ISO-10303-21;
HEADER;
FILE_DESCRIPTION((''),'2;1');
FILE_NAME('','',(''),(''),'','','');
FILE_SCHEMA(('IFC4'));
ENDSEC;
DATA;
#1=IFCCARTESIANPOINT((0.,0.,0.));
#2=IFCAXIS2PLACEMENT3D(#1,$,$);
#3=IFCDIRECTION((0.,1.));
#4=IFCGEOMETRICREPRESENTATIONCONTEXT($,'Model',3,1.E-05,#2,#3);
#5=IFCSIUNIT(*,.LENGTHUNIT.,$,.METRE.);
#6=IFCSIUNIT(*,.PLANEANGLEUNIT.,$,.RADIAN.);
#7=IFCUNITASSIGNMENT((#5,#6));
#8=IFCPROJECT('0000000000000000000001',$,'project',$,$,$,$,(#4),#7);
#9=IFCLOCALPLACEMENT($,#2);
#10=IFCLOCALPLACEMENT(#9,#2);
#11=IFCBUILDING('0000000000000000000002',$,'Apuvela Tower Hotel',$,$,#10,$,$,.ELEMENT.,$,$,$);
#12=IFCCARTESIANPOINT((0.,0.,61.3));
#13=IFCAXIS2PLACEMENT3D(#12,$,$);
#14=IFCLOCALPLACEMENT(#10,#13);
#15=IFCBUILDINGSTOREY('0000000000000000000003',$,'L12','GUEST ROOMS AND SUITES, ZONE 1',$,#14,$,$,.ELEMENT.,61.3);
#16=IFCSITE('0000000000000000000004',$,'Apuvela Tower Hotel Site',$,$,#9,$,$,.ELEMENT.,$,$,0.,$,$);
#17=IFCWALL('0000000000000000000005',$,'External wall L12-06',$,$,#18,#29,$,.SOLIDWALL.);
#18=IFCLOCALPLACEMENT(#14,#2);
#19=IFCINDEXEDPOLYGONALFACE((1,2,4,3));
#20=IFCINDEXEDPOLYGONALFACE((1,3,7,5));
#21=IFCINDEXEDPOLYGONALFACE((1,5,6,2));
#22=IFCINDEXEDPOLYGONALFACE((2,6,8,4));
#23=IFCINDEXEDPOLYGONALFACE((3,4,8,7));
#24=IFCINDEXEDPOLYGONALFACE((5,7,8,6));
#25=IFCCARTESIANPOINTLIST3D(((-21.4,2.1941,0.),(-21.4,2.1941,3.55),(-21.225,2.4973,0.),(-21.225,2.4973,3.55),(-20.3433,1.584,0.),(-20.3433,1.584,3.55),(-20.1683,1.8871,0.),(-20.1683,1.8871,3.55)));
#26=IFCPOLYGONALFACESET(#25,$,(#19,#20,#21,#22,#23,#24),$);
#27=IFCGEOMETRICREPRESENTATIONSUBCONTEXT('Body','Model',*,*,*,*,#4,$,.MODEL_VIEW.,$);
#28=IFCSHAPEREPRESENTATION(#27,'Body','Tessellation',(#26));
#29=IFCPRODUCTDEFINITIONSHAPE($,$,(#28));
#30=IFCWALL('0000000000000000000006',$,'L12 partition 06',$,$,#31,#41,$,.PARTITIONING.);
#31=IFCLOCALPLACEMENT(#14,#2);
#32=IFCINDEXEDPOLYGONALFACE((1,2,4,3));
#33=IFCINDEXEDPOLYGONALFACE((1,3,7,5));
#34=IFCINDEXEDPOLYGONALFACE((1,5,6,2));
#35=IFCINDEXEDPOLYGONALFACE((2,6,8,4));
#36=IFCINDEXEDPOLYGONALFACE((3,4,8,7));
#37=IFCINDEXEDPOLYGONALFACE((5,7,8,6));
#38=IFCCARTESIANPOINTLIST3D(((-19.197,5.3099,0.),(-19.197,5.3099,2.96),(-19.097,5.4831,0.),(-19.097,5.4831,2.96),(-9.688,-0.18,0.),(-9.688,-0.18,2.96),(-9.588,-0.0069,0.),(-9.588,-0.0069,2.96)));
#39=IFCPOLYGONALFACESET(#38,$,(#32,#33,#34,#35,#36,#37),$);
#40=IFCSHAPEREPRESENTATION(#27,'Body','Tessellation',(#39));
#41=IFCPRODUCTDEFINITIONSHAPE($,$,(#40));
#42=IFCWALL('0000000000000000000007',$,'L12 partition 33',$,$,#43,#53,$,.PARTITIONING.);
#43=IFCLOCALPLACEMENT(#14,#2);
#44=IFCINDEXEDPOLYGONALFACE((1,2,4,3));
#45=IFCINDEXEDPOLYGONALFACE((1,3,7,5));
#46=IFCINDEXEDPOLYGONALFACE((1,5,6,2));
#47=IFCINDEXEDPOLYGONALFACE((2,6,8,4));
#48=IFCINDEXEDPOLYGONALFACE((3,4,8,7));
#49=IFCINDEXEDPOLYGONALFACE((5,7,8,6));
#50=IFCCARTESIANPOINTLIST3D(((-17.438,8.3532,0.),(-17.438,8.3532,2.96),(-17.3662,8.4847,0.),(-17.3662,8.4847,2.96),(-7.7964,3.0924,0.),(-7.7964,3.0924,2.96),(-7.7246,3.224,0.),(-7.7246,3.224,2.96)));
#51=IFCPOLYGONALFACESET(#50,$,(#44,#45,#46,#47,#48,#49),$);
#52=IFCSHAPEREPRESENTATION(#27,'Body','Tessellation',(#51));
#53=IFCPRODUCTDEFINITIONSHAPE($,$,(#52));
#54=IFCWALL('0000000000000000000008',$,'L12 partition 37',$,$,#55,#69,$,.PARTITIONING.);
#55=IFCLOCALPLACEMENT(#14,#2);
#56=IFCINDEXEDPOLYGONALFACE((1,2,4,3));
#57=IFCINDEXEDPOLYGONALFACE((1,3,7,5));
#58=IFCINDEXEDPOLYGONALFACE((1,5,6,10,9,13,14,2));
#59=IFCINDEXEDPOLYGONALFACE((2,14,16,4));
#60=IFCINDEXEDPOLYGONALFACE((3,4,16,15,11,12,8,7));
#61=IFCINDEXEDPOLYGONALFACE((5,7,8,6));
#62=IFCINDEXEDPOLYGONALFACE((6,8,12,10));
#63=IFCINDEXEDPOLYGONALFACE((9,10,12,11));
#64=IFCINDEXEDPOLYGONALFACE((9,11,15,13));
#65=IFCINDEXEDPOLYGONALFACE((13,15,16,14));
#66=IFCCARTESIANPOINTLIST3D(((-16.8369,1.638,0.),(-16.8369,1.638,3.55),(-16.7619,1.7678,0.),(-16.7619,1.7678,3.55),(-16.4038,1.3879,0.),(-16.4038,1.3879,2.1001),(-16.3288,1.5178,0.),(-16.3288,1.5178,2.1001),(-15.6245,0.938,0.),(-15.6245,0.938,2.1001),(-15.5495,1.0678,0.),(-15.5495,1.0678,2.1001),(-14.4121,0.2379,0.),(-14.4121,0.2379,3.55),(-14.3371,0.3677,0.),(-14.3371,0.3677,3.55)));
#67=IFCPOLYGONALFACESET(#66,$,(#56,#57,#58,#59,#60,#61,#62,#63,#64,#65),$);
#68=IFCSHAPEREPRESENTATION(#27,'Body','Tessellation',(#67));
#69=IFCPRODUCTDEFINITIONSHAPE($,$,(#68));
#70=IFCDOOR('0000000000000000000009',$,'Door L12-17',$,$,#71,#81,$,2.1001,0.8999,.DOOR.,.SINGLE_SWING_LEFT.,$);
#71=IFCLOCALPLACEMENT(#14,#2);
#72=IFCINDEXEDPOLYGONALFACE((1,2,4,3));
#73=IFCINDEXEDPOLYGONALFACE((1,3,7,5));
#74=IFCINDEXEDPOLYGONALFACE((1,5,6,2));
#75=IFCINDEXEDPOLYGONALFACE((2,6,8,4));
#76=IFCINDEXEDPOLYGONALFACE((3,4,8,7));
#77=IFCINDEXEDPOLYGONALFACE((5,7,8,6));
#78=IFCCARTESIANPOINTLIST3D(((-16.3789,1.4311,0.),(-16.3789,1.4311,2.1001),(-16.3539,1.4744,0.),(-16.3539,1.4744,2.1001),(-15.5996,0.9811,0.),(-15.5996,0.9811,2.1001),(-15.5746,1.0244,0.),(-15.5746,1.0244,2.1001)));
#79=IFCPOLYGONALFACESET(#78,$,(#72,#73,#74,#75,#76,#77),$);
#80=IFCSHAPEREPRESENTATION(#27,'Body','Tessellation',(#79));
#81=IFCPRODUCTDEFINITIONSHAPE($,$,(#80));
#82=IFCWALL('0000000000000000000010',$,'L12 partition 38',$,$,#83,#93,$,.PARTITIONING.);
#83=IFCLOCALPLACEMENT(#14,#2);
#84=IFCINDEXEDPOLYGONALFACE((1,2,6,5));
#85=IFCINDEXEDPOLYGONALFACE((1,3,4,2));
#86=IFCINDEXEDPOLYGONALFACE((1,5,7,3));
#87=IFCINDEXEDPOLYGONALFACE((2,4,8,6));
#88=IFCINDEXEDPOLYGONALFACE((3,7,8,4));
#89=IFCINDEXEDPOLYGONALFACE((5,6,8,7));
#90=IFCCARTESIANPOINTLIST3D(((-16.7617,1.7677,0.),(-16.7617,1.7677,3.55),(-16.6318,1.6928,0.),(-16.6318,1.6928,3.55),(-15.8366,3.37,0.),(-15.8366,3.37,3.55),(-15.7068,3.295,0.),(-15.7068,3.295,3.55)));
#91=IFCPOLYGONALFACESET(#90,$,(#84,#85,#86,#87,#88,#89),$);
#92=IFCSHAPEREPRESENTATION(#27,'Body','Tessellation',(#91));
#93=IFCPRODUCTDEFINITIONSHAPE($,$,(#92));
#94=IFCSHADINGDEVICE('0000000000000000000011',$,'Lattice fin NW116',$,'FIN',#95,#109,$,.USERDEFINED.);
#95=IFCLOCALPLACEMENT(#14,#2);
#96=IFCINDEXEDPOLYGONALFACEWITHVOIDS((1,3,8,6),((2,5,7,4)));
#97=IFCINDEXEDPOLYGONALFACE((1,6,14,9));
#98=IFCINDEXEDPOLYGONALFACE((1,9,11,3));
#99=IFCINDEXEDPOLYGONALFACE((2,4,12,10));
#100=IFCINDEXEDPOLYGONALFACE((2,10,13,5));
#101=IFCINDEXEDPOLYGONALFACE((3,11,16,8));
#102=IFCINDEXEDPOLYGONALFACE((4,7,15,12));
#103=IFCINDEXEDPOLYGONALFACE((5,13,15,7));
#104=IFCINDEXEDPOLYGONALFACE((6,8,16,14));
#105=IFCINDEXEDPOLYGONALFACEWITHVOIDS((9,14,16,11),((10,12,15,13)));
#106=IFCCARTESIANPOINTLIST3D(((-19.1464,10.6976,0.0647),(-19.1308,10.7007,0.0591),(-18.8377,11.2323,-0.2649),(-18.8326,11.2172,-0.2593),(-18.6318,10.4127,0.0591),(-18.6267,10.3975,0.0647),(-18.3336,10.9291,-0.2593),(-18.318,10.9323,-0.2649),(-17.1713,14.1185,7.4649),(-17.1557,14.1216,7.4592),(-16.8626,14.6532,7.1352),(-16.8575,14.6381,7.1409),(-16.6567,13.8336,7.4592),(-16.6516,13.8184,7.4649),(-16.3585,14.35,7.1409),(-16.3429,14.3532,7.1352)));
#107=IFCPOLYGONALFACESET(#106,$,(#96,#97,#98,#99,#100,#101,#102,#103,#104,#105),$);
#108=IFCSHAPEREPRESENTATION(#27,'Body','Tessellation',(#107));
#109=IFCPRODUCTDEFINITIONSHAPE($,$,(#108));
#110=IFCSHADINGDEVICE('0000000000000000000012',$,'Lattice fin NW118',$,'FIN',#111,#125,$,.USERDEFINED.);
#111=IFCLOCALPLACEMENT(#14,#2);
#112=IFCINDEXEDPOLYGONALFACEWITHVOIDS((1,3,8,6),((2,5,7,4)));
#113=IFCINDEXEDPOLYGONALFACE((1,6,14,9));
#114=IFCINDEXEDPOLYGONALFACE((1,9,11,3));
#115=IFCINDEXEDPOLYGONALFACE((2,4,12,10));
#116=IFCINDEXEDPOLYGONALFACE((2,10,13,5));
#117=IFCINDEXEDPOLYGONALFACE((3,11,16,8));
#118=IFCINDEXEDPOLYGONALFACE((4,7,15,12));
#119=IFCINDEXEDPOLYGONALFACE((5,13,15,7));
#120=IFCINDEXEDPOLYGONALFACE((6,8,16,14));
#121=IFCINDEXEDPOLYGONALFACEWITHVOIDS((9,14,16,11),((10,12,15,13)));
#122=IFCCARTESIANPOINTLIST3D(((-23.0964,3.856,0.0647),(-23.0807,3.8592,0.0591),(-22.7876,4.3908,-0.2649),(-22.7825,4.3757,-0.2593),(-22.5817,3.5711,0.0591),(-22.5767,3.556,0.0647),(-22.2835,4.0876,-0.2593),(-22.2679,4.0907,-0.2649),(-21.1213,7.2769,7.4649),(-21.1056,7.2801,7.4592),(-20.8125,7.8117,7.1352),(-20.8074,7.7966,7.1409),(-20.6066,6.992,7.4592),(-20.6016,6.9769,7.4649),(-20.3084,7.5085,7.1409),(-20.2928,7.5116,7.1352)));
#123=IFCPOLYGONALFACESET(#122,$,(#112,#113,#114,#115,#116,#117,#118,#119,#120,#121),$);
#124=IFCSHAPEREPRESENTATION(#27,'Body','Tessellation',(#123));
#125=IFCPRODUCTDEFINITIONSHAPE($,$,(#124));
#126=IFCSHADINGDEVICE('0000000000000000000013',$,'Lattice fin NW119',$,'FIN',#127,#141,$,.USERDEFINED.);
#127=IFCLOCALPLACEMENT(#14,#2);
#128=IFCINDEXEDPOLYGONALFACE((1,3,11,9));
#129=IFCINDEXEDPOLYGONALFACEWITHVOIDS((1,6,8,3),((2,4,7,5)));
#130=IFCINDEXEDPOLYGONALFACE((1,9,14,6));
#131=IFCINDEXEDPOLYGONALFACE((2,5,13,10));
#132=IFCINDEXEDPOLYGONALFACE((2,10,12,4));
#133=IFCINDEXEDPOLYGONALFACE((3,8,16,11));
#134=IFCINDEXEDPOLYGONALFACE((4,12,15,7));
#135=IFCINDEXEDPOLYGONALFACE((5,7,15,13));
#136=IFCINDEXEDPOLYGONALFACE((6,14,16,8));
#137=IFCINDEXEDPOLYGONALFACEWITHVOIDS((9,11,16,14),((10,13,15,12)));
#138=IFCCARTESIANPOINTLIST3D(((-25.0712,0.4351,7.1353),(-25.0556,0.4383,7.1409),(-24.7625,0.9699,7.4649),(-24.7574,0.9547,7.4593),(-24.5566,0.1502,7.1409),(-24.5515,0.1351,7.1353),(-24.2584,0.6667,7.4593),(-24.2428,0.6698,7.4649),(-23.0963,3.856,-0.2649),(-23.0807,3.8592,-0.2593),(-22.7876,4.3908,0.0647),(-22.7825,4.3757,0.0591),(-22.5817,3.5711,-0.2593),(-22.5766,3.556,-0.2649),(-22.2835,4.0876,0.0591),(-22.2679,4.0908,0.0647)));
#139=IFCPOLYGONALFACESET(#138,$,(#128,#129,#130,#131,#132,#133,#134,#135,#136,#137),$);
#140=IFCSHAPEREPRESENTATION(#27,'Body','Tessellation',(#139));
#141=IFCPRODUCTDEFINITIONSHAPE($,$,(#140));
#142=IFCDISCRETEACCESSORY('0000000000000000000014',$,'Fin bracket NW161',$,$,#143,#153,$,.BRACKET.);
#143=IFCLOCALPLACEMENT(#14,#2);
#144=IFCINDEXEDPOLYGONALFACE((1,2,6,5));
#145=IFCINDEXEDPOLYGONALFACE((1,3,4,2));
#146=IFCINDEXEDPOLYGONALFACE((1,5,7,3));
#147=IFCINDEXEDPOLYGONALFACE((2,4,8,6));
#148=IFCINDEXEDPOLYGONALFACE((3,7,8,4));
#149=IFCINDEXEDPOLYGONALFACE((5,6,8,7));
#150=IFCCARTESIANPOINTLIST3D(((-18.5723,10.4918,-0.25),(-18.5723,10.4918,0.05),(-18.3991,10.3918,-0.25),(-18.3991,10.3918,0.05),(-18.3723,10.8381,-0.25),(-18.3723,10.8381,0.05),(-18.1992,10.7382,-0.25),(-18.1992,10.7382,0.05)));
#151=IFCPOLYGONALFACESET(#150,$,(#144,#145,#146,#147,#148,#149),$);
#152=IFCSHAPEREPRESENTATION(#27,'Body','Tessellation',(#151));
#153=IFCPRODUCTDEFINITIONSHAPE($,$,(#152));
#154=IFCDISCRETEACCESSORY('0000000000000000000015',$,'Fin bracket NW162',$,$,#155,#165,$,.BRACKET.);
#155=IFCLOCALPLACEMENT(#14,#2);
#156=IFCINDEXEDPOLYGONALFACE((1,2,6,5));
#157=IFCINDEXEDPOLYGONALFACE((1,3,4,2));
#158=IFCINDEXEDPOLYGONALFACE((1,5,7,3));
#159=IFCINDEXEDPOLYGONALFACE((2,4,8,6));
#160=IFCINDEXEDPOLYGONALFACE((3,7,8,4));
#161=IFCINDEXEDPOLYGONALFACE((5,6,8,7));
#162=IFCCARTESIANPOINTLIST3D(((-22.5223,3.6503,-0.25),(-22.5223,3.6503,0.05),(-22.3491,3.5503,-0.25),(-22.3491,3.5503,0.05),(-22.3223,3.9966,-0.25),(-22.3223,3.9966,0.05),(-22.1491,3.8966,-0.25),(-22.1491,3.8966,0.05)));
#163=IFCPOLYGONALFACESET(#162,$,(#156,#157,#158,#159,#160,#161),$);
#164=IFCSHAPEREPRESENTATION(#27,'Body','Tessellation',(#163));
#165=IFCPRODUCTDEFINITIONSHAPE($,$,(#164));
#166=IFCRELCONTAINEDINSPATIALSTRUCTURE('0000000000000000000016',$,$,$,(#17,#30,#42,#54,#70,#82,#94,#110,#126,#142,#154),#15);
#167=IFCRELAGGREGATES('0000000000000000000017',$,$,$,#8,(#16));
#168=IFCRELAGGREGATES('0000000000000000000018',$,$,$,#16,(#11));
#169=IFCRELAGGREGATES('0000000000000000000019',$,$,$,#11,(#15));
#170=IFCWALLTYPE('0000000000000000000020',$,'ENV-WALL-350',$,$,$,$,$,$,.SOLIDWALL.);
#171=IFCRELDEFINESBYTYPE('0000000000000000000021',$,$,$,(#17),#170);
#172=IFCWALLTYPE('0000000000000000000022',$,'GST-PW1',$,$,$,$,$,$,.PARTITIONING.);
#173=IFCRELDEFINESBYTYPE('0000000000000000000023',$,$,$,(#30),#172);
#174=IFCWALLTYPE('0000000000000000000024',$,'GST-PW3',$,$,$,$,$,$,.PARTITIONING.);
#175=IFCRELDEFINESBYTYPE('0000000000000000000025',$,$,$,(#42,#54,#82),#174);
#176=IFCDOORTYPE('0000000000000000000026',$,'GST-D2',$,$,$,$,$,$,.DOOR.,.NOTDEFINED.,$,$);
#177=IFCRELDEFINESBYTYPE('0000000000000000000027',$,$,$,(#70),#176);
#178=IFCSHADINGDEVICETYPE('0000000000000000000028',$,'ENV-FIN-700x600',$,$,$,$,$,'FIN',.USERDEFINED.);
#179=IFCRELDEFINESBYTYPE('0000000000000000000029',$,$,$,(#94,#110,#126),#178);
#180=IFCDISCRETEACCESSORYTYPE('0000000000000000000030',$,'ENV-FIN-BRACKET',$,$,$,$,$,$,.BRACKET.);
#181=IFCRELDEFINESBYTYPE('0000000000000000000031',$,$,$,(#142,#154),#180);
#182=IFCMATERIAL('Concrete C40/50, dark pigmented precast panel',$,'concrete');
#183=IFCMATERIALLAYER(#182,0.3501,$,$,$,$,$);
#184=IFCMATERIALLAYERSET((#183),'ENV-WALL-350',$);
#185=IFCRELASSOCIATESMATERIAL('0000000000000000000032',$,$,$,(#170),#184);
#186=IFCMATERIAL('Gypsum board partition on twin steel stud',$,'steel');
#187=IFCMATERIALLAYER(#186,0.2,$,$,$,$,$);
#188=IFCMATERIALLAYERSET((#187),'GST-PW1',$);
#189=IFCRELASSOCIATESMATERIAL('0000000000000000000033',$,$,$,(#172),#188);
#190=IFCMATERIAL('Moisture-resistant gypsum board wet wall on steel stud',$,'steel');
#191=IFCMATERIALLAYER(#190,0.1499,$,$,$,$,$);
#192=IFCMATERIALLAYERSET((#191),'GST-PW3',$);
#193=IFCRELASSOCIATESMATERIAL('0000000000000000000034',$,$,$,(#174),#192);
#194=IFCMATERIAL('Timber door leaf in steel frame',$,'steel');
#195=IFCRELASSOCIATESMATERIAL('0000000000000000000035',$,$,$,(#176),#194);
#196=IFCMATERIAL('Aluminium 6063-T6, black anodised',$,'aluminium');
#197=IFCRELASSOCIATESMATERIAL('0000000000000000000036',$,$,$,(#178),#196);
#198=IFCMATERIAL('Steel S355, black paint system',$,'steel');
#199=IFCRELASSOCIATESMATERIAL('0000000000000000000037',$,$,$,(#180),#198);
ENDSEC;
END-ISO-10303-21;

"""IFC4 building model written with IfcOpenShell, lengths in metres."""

from ifc_helpers import new_model, si_unit, direction, frame, frame_2d, origin, origin_2d, place, context, subcontext, project, spatial, rectangle, hollow_rectangle, extrude, material, layer, layer_set, material_profile, profile_set, type_object, element, fill, save


model = new_model("IFC4")

# Units and contexts
model_context = context("Model", 3, precision=1e-05, world=origin(), true_north=direction((0.0, 1.0)))
body_context = subcontext(model_context, "Body", "Model", "MODEL_VIEW")
ifc_project = project(units=[si_unit("LENGTHUNIT", "METRE"), si_unit("PLANEANGLEUNIT", "RADIAN")], contexts=[model_context])

# Site, building, storey
site_placement = place(None, origin())
site = spatial("IfcSite", under=ifc_project, at=site_placement, Name="Apuvela Tower Hotel Site", CompositionType="ELEMENT", RefElevation=0.0)
building_placement = place(site_placement, origin())
building = spatial("IfcBuilding", under=site, at=building_placement, Name="Apuvela Tower Hotel", CompositionType="ELEMENT")
storey_placement = place(building_placement, frame((0.0, 0.0, 61.3)))
storey = spatial("IfcBuildingStorey", under=building, at=storey_placement, Name="L12", Description="GUEST ROOMS AND SUITES, ZONE 1", CompositionType="ELEMENT", Elevation=61.3)

# Shared definitions
ifc_material_1 = material(Name="Concrete C40/50, dark pigmented precast panel", Category="concrete")
ifc_layer_1 = layer(ifc_material_1, 0.3501)
ifc_layer_set_1 = layer_set([ifc_layer_1], Name="ENV-WALL-350")
wall_type_1 = type_object("IfcWallType", Name="ENV-WALL-350", PredefinedType="SOLIDWALL", material=ifc_layer_set_1)

# Wall
wall_1_placement = place(storey_placement, frame((-21.3125, 2.3457, 0.0), z_axis=(0.0, 0.0, 1.0), x_axis=(0.866006, -0.500034, 0.0)))
element("IfcWall", 1, at=wall_1_placement, inside=storey, type_object=wall_type_1, Name="External wall L12-06", PredefinedType="SOLIDWALL", context=body_context, shape_type="SweptSolid", body=[
    extrude(rectangle(XDim=1.2202, YDim=0.3501, at=frame_2d((0.6101, 0.0))), origin(), (0.0, 0.0, 1.0), 3.55),
])

# Walls
ifc_material_2 = material(Name="Gypsum board partition on twin steel stud", Category="steel")
ifc_layer_2 = layer(ifc_material_2, 0.2)
ifc_layer_set_2 = layer_set([ifc_layer_2], Name="GST-PW1")
wall_type_2 = type_object("IfcWallType", Name="GST-PW1", PredefinedType="PARTITIONING", material=ifc_layer_set_2)
wall_2_placement = place(storey_placement, frame((-19.147, 5.3965, 0.0), z_axis=(0.0, 0.0, 1.0), x_axis=(0.866027, -0.499996, 0.0)))
element("IfcWall", 2, at=wall_2_placement, inside=storey, type_object=wall_type_2, Name="L12 partition 06", PredefinedType="PARTITIONING", context=body_context, shape_type="SweptSolid", body=[
    extrude(rectangle(XDim=10.98, YDim=0.2, at=frame_2d((5.49, 0.0))), origin(), (0.0, 0.0, 1.0), 2.96),
])
ifc_material_3 = material(Name="Moisture-resistant gypsum board wet wall on steel stud", Category="steel")
ifc_layer_3 = layer(ifc_material_3, 0.1499)
ifc_layer_set_3 = layer_set([ifc_layer_3], Name="GST-PW3")
wall_type_3 = type_object("IfcWallType", Name="GST-PW3", PredefinedType="PARTITIONING", material=ifc_layer_set_3)
wall_3_placement = place(storey_placement, frame((-17.4021, 8.4189, 0.0), z_axis=(0.0, 0.0, 1.0), x_axis=(0.877831, -0.47897, 0.0)))
element("IfcWall", 3, at=wall_3_placement, inside=storey, type_object=wall_type_3, Name="L12 partition 33", PredefinedType="PARTITIONING", context=body_context, shape_type="SweptSolid", body=[
    extrude(rectangle(XDim=10.9834, YDim=0.1499, at=frame_2d((5.4917, 0.0))), origin(), (0.0, 0.0, 1.0), 2.96),
])

# Wall, opening, door
wall_4_placement = place(storey_placement, frame((-16.7993, 1.7029, 0.0), z_axis=(0.0, 0.0, 1.0), x_axis=(0.865997, -0.50005, 0.0)))
wall_4 = element("IfcWall", 4, at=wall_4_placement, inside=storey, type_object=wall_type_3, Name="L12 partition 37", PredefinedType="PARTITIONING", context=body_context, shape_type="SweptSolid", body=[
    extrude(rectangle(XDim=2.8, YDim=0.1499, at=frame_2d((1.3999, 0.0))), origin(), (0.0, 0.0, 1.0), 3.55),
])
opening_1_placement = place(wall_4_placement, frame((0.5, 0.0, 0.0)))
opening_1 = element("IfcOpeningElement", 5, at=opening_1_placement, cuts=wall_4, PredefinedType="OPENING", context=body_context, shape_type="SweptSolid", body=[
    extrude(rectangle(XDim=0.8999, YDim=2.1001, at=frame_2d((0.45, 1.05))), frame((0.0, 0.085, 0.0), z_axis=(0.0, -1.0, 0.0), x_axis=(1.0, 0.0, 0.0)), (0.0, 0.0, 1.0), 0.1699),
])
ifc_material_4 = material(Name="Timber door leaf in steel frame", Category="steel")
door_type_1 = type_object("IfcDoorType", Name="GST-D2", OperationType="NOTDEFINED", PredefinedType="DOOR", material=ifc_material_4)
door_1_placement = place(opening_1_placement, origin())
door_1 = element("IfcDoor", 6, at=door_1_placement, inside=storey, type_object=door_type_1, Name="Door L12-17", OperationType="SINGLE_SWING_LEFT", OverallHeight=2.1001, OverallWidth=0.8999, PredefinedType="DOOR", context=body_context, shape_type="SweptSolid", body=[
    extrude(rectangle(XDim=0.8999, YDim=2.1001, at=frame_2d((0.45, 1.05))), frame((0.0, 0.0249, 0.0), z_axis=(0.0, -1.0, 0.0), x_axis=(1.0, 0.0, 0.0)), (0.0, 0.0, 1.0), 0.05),
])
fill(opening_1, door_1)

# Wall
wall_5_placement = place(storey_placement, frame((-15.7717, 3.3325, 0.0), z_axis=(0.0, 0.0, 1.0), x_axis=(-0.499985, -0.866034, 0.0)))
element("IfcWall", 7, at=wall_5_placement, inside=storey, type_object=wall_type_3, Name="L12 partition 38", PredefinedType="PARTITIONING", context=body_context, shape_type="SweptSolid", body=[
    extrude(rectangle(XDim=1.8501, YDim=0.1499, at=frame_2d((0.925, 0.0))), origin(), (0.0, 0.0, 1.0), 3.55),
])

# Shading devices
ifc_material_5 = material(Name="Aluminium 6063-T6, black anodised", Category="aluminium")
ifc_material_profile_1 = material_profile(ifc_material_5, hollow_rectangle(XDim=0.6001, YDim=0.7, WallThickness=0.012, at=origin_2d()), Name="AL BOX 700x600x12")
ifc_profile_set_1 = profile_set([ifc_material_profile_1], Name="Aluminium 6063-T6, black anodised")
shading_device_type = type_object("IfcShadingDeviceType", Name="ENV-FIN-700x600", ElementType="FIN", PredefinedType="USERDEFINED", material=ifc_profile_set_1)
for number, where, z_axis, x_axis, name in (
    (8, (-18.7322, 10.8149, -0.1001), (0.235455, 0.407812, 0.882185), (-0.866021, 0.500008, 0.0), "Lattice fin NW116"),
    (9, (-22.6821, 3.9734, -0.1001), (0.235455, 0.407812, 0.882185), (-0.866021, 0.500008, 0.0), "Lattice fin NW118"),
    (10, (-22.6821, 3.9734, -0.1001), (-0.235428, -0.407814, 0.882191), (0.866048, -0.499961, 0.0), "Lattice fin NW119"),
):
    element("IfcShadingDevice", number, at=place(storey_placement, frame(where, z_axis=z_axis, x_axis=x_axis)), inside=storey, type_object=shading_device_type, Name=name, ObjectType="FIN", PredefinedType="USERDEFINED", context=body_context, shape_type="SweptSolid", body=[
        extrude(hollow_rectangle(XDim=0.6001, YDim=0.7, WallThickness=0.012, at=origin_2d()), origin(), (0.0, 0.0, 1.0), 8.3884),
    ])

# Discrete accessories
ifc_material_6 = material(Name="Steel S355, black paint system", Category="steel")
discrete_accessory_type = type_object("IfcDiscreteAccessoryType", Name="ENV-FIN-BRACKET", PredefinedType="BRACKET", material=ifc_material_6)
for number, where, z_axis, x_axis, name in (
    (11, (-18.3857, 10.615, -0.25), (0.0, 0.0, 1.0), (-0.5, -0.866025, 0.0), "Fin bracket NW161"),
    (12, (-22.3357, 3.7734, -0.25), (0.0, 0.0, 1.0), (-0.5, -0.866025, 0.0), "Fin bracket NW162"),
):
    element("IfcDiscreteAccessory", number, at=place(storey_placement, frame(where, z_axis=z_axis, x_axis=x_axis)), inside=storey, type_object=discrete_accessory_type, Name=name, PredefinedType="BRACKET", context=body_context, shape_type="SweptSolid", body=[
        extrude(rectangle(XDim=0.3999, YDim=0.2, at=origin_2d()), origin(), (0.0, 0.0, 1.0), 0.3),
    ])

save(model, "model.ifc")
